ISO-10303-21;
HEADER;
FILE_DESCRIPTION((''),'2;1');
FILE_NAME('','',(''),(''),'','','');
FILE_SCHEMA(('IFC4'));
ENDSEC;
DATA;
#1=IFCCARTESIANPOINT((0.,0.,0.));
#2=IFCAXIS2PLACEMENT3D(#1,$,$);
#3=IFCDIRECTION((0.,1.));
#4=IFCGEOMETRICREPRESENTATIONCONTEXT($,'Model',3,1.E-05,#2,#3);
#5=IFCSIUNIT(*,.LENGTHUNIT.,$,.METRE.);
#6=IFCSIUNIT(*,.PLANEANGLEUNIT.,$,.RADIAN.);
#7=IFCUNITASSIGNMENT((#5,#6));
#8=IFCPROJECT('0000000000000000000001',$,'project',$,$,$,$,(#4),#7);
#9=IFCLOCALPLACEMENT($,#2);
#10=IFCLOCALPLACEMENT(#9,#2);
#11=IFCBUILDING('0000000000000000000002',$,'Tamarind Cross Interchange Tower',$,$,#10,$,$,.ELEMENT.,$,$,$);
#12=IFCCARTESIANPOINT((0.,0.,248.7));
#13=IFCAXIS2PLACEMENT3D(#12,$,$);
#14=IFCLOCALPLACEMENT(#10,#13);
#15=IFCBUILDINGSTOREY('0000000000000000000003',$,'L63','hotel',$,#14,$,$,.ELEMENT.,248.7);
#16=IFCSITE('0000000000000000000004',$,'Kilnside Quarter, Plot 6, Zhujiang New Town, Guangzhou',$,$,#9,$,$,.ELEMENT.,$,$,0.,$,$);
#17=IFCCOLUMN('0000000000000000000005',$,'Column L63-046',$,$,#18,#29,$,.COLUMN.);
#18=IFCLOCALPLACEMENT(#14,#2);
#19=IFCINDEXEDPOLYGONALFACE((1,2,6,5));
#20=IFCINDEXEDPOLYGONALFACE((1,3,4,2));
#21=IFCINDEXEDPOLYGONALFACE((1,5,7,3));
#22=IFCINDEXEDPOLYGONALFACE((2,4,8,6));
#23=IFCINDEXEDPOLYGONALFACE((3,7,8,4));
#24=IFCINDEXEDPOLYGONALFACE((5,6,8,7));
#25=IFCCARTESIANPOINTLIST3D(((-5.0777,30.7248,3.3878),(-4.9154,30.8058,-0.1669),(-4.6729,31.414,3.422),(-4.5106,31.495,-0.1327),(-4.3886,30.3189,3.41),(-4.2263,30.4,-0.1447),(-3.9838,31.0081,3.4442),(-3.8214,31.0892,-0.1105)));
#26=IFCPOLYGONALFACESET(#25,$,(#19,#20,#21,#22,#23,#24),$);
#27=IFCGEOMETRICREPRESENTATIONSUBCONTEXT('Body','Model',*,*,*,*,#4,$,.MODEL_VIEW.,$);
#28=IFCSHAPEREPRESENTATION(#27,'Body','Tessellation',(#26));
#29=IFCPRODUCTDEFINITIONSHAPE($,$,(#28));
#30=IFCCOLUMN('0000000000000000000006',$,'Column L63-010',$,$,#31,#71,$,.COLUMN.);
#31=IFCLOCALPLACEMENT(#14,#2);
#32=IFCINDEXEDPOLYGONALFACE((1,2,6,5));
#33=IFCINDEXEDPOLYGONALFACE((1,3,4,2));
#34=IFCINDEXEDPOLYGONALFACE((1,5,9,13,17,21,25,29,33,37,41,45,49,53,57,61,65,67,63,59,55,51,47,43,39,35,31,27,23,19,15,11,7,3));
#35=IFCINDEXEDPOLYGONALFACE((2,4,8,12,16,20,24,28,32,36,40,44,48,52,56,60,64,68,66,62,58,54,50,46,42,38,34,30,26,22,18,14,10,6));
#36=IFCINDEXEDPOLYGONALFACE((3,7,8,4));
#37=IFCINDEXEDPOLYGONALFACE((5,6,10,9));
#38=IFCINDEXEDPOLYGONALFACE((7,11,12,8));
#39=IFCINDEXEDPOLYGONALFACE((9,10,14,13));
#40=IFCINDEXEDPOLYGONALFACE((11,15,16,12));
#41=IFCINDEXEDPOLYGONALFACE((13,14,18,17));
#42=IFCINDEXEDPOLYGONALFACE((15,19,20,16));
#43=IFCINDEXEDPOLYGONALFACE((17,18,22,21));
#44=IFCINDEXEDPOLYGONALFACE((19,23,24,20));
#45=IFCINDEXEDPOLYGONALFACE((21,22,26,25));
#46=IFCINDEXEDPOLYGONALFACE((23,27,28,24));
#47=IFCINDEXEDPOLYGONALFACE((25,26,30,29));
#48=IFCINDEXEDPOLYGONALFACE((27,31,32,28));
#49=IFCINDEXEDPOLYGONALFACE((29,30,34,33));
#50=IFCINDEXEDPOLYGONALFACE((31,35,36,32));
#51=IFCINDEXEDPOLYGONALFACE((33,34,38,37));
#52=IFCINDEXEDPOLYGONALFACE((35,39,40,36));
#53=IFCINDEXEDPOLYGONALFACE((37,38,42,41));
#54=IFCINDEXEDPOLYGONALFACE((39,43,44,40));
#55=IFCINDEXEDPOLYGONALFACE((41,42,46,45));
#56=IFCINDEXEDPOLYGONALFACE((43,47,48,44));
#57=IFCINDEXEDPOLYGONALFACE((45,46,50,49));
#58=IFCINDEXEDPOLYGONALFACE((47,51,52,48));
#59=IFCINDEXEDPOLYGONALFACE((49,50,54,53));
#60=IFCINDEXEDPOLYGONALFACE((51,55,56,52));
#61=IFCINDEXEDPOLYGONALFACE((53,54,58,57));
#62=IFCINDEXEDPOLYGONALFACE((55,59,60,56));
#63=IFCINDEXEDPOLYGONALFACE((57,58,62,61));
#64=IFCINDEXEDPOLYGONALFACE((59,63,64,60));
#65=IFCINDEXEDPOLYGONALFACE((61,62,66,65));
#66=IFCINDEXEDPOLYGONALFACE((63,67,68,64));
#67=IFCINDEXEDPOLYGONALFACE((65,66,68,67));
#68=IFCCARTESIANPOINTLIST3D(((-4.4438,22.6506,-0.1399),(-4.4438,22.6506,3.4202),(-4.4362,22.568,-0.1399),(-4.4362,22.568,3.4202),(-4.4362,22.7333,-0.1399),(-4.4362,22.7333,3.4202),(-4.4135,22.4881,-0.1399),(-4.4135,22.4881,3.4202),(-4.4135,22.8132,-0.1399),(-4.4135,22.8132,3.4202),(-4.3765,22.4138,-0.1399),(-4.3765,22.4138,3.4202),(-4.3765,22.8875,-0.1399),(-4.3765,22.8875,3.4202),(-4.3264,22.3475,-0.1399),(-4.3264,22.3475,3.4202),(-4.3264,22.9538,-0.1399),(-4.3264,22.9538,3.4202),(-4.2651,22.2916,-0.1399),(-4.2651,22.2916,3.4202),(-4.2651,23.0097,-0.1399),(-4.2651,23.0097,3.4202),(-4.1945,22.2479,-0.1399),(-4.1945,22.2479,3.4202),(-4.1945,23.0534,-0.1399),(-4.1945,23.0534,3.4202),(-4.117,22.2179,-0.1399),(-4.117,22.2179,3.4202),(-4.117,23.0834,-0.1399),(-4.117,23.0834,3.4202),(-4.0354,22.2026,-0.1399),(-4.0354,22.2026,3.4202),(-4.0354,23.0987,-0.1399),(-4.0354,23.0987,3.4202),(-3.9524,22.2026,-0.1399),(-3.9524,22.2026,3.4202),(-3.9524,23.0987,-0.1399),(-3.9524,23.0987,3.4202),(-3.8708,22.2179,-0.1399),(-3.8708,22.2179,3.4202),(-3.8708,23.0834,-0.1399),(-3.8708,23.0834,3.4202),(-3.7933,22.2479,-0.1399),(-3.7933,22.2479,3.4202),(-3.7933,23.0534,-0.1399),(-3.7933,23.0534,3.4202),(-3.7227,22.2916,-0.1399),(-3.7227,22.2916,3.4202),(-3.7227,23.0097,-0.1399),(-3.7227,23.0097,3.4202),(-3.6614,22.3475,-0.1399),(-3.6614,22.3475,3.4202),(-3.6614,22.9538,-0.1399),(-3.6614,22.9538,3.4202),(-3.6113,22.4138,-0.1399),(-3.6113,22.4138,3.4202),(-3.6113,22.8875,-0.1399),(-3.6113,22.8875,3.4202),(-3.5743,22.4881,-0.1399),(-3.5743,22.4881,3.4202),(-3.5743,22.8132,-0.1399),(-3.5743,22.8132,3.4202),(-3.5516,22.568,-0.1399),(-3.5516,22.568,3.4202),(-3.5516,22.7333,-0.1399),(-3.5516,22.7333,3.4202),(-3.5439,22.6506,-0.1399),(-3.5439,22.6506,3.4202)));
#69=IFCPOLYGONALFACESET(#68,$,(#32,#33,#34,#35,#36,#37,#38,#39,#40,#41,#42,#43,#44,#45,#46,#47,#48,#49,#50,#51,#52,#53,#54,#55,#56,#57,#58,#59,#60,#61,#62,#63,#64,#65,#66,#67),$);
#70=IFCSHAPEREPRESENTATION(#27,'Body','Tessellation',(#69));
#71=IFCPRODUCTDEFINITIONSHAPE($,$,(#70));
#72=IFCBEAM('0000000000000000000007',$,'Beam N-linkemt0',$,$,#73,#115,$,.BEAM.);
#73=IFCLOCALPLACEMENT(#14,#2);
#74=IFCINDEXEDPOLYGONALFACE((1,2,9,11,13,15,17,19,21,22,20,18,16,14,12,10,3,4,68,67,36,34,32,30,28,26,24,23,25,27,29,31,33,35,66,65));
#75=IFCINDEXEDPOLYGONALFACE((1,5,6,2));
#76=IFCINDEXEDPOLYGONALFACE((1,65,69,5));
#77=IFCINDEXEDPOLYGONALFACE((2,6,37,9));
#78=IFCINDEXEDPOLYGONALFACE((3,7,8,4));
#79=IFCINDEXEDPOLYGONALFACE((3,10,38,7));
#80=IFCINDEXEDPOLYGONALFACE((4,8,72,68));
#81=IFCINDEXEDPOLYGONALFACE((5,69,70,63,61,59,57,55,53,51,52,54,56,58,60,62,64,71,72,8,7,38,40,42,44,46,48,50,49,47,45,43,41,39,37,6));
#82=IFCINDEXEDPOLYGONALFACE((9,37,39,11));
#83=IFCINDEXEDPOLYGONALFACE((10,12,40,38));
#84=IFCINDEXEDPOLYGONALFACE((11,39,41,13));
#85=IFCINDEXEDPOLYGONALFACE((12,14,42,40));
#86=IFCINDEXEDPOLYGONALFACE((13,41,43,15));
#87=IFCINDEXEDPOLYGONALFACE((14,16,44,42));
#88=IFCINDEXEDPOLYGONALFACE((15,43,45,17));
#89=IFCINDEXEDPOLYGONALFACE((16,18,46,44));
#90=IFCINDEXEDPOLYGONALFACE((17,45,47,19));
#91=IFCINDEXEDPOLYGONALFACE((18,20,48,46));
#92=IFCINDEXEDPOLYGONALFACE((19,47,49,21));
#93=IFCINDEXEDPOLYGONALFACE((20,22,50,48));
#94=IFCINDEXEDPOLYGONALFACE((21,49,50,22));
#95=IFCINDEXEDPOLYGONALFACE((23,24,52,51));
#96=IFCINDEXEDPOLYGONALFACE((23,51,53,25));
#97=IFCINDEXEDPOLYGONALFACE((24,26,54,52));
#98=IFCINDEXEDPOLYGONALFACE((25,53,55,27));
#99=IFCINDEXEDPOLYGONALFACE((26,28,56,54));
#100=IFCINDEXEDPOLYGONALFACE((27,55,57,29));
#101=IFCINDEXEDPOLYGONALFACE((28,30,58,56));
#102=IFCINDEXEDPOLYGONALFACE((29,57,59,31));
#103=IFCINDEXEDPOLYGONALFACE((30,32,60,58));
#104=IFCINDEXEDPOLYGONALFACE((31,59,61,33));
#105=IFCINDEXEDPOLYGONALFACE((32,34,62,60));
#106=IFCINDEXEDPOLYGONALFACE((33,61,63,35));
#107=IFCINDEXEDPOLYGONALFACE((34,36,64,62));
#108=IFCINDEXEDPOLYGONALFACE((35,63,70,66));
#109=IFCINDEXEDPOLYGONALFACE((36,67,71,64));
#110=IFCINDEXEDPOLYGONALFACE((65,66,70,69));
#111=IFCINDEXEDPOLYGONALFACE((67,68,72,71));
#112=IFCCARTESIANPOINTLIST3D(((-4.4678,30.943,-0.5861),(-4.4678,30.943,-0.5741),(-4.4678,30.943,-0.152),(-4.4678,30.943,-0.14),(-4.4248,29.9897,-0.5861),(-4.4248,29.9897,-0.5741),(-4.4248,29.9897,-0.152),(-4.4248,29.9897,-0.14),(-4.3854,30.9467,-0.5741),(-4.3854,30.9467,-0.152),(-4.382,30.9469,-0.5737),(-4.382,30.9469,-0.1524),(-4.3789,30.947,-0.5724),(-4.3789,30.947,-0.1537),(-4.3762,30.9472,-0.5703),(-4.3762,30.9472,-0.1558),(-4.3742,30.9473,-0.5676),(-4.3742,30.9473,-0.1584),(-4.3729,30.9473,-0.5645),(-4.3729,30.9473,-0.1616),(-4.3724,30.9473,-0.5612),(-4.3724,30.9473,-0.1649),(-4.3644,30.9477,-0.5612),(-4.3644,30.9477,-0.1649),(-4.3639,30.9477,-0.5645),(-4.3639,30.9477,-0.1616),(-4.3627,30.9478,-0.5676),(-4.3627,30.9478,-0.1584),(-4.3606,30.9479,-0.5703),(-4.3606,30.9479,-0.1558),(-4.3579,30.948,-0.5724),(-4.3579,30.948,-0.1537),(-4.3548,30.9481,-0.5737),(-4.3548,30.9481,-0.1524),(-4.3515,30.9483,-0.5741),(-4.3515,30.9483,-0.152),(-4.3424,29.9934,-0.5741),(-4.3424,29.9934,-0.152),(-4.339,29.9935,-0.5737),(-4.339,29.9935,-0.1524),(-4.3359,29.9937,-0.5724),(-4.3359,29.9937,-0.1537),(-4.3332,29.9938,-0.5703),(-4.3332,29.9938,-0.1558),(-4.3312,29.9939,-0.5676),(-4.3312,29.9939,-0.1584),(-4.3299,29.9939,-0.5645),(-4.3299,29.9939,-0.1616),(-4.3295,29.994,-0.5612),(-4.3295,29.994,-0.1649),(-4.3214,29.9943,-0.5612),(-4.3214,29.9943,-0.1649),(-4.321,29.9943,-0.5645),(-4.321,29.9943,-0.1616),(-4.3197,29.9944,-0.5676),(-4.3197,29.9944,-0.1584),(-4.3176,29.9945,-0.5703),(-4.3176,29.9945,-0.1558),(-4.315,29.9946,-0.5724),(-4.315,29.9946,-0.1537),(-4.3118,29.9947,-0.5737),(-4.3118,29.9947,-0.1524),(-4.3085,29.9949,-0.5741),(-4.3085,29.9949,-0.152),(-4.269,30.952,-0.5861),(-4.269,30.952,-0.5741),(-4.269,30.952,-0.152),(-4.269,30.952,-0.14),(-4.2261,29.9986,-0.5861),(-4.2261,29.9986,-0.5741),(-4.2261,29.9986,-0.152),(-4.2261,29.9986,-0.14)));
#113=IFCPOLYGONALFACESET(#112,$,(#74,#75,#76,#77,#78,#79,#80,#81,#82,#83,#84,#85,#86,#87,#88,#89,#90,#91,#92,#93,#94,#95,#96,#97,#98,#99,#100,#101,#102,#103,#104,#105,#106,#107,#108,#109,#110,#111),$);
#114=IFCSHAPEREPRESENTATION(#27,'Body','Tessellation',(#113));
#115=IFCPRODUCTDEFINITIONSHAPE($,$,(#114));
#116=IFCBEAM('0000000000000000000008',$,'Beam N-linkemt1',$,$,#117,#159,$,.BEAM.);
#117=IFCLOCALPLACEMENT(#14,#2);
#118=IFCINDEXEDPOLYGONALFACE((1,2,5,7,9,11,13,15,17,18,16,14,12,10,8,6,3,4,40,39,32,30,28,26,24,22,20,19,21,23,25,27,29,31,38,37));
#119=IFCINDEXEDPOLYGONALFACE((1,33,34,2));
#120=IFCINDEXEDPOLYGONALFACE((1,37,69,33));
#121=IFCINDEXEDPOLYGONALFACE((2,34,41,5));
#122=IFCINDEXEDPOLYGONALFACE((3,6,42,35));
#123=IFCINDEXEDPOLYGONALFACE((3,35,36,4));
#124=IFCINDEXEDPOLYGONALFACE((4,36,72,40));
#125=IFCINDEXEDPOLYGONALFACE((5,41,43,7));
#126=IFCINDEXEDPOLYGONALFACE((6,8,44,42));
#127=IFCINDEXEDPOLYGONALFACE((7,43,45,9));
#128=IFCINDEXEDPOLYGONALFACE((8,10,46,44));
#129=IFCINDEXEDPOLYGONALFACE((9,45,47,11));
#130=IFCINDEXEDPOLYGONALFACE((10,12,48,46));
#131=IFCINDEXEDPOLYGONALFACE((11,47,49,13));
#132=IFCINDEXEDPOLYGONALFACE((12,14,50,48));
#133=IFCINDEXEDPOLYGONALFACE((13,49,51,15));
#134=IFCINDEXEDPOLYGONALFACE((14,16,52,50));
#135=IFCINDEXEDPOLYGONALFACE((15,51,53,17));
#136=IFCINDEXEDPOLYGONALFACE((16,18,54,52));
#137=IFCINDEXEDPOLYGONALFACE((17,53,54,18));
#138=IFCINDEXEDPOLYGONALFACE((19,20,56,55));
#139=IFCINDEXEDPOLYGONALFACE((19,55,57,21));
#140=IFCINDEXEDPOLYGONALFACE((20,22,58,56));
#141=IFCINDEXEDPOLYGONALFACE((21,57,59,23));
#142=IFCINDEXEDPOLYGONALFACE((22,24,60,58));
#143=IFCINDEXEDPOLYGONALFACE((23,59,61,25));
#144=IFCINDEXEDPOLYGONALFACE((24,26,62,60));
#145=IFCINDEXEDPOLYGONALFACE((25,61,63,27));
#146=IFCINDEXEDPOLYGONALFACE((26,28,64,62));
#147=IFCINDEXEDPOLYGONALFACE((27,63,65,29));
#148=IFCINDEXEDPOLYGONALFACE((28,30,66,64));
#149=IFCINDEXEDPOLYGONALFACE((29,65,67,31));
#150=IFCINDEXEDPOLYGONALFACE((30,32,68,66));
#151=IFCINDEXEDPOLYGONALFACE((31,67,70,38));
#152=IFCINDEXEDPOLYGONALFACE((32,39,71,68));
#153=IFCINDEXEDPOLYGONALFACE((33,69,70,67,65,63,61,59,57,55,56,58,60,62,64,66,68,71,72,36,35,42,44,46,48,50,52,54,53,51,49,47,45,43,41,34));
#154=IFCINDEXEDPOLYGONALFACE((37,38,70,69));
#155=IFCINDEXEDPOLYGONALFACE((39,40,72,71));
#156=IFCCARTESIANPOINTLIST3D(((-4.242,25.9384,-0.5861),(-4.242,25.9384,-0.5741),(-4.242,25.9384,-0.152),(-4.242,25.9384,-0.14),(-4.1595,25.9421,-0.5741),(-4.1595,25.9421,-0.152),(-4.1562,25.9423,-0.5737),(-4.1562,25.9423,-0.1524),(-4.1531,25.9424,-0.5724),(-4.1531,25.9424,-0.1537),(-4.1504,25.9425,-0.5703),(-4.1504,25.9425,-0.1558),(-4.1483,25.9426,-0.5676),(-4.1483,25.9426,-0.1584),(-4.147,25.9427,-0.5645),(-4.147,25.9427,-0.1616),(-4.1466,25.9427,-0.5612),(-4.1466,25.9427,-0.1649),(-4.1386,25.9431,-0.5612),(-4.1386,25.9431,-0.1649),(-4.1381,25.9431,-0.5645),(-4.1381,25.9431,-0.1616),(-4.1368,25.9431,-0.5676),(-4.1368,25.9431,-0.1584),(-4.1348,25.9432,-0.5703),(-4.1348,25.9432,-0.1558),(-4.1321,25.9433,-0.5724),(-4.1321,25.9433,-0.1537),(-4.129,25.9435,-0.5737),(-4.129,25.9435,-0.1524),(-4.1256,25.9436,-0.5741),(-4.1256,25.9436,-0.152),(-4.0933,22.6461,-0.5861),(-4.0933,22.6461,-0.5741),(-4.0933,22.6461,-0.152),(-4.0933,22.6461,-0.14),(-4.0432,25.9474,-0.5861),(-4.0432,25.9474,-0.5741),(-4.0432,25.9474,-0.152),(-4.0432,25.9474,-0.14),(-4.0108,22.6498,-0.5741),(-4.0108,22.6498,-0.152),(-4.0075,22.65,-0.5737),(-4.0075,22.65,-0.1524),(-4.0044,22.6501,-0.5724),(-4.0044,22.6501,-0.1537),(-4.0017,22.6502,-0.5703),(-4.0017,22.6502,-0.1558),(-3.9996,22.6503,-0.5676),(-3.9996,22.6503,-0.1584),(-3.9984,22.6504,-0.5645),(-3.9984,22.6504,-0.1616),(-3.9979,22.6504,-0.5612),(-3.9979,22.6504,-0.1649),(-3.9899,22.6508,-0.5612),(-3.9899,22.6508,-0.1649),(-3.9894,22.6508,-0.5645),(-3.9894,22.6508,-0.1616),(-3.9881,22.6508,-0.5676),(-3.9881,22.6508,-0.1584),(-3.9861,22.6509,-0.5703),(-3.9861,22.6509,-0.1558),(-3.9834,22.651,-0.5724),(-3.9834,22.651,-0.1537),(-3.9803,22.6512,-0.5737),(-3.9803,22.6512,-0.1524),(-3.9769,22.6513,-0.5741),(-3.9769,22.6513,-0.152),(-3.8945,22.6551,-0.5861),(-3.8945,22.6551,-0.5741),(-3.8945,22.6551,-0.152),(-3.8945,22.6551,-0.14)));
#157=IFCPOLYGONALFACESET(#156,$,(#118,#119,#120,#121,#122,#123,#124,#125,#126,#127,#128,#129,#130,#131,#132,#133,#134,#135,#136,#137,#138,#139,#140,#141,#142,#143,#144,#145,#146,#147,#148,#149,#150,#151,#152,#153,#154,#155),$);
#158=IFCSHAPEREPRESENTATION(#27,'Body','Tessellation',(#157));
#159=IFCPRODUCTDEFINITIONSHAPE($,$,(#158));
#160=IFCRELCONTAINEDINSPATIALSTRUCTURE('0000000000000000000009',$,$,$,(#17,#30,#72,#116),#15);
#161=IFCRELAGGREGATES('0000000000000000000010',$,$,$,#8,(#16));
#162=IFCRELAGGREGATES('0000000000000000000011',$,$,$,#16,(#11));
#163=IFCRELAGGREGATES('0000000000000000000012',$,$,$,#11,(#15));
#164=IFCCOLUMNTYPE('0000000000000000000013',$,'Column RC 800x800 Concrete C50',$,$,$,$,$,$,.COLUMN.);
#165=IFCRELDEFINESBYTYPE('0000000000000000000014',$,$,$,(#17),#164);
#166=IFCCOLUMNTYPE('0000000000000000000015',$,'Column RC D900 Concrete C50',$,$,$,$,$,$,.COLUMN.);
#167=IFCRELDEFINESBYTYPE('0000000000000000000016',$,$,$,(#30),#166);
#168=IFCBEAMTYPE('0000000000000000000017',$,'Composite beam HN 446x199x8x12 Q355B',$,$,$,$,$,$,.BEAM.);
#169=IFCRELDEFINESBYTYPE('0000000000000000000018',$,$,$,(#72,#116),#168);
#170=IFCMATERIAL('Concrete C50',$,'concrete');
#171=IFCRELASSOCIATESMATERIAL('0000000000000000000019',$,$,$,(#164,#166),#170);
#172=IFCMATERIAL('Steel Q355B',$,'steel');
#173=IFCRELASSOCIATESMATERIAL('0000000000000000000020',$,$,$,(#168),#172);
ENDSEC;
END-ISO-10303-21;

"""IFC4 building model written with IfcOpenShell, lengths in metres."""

from ifc_helpers import new_model, si_unit, direction, frame, origin, origin_2d, place, context, subcontext, project, spatial, rectangle, circle, i_section, extrude, material, material_profile, profile_set, type_object, element, save


model = new_model("IFC4")

# Units and contexts
model_context = context("Model", 3, precision=1e-05, world=origin(), true_north=direction((0.0, 1.0)))
body_context = subcontext(model_context, "Body", "Model", "MODEL_VIEW")
ifc_project = project(units=[si_unit("LENGTHUNIT", "METRE"), si_unit("PLANEANGLEUNIT", "RADIAN")], contexts=[model_context])

# Site, building, storey
site_placement = place(None, origin())
site = spatial("IfcSite", under=ifc_project, at=site_placement, Name="Kilnside Quarter, Plot 6, Zhujiang New Town, Guangzhou", CompositionType="ELEMENT", RefElevation=0.0)
building_placement = place(site_placement, origin())
building = spatial("IfcBuilding", under=site, at=building_placement, Name="Tamarind Cross Interchange Tower", CompositionType="ELEMENT")
storey_placement = place(building_placement, frame((0.0, 0.0, 248.7)))
storey = spatial("IfcBuildingStorey", under=building, at=storey_placement, Name="L63", Description="hotel", CompositionType="ELEMENT", Elevation=248.7)

# Columns
ifc_material_1 = material(Name="Concrete C50", Category="concrete")
ifc_material_profile_1 = material_profile(ifc_material_1, rectangle(XDim=0.8, YDim=0.8, at=origin_2d()), Name="RC 800x800")
ifc_profile_set_1 = profile_set([ifc_material_profile_1], Name="Concrete C50")
column_type_1 = type_object("IfcColumnType", Name="Column RC 800x800 Concrete C50", PredefinedType="COLUMN", material=ifc_profile_set_1)
column_1_placement = place(storey_placement, frame((-4.3684, 30.9475, -0.1387), z_axis=(-0.045614, -0.022773, 0.9987), x_axis=(0.861337, -0.507273, 0.027773)))
element("IfcColumn", 1, at=column_1_placement, inside=storey, type_object=column_type_1, Name="Column L63-046", PredefinedType="COLUMN", context=body_context, shape_type="SweptSolid", body=[
    extrude(rectangle(XDim=0.8, YDim=0.8, at=origin_2d()), origin(), (0.0, 0.0, 1.0), 3.5593),
])
ifc_material_profile_2 = material_profile(ifc_material_1, circle(Radius=0.45, at=origin_2d()), Name="RC D900")
ifc_profile_set_2 = profile_set([ifc_material_profile_2], Name="Concrete C50")
column_type_2 = type_object("IfcColumnType", Name="Column RC D900 Concrete C50", PredefinedType="COLUMN", material=ifc_profile_set_2)
column_2_placement = place(storey_placement, frame((-3.9939, 22.6506, -0.1399), z_axis=(0.0, 0.0, 1.0), x_axis=(1.0, 0.0, 0.0)))
element("IfcColumn", 2, at=column_2_placement, inside=storey, type_object=column_type_2, Name="Column L63-010", PredefinedType="COLUMN", context=body_context, shape_type="SweptSolid", body=[
    extrude(circle(Radius=0.45, at=origin_2d()), origin(), (0.0, 0.0, 1.0), 3.5601),
])

# Beams
ifc_material_2 = material(Name="Steel Q355B", Category="steel")
ifc_material_profile_3 = material_profile(ifc_material_2, i_section(OverallWidth=0.199, OverallDepth=0.446, WebThickness=0.0081, FlangeThickness=0.012, FilletRadius=0.0129, at=origin_2d()), Name="HN 446x199x8x12")
ifc_profile_set_3 = profile_set([ifc_material_profile_3], Name="Steel Q355B")
beam_type_1 = type_object("IfcBeamType", Name="Composite beam HN 446x199x8x12 Q355B", PredefinedType="BEAM", material=ifc_profile_set_3)
beam_1_placement = place(storey_placement, frame((-4.3684, 30.9475, -0.363), z_axis=(0.045025, -0.998986, 0.0), x_axis=(0.998986, 0.045025, 0.0)))
element("IfcBeam", 3, at=beam_1_placement, inside=storey, type_object=beam_type_1, Name="Beam N-linkemt0", PredefinedType="BEAM", context=body_context, shape_type="SweptSolid", body=[
    extrude(i_section(OverallWidth=0.199, OverallDepth=0.446, WebThickness=0.0081, FlangeThickness=0.012, FilletRadius=0.0129, at=origin_2d()), origin(), (0.0, 0.0, 1.0), 0.9543),
])
beam_2_placement = place(storey_placement, frame((-4.1426, 25.9429, -0.363), z_axis=(0.045115, -0.998982, 0.0), x_axis=(0.998982, 0.045115, 0.0)))
element("IfcBeam", 4, at=beam_2_placement, inside=storey, type_object=beam_type_1, Name="Beam N-linkemt1", PredefinedType="BEAM", context=body_context, shape_type="SweptSolid", body=[
    extrude(i_section(OverallWidth=0.199, OverallDepth=0.446, WebThickness=0.0081, FlangeThickness=0.012, FilletRadius=0.0129, at=origin_2d()), origin(), (0.0, 0.0, 1.0), 3.2957),
])

save(model, "model.ifc")
